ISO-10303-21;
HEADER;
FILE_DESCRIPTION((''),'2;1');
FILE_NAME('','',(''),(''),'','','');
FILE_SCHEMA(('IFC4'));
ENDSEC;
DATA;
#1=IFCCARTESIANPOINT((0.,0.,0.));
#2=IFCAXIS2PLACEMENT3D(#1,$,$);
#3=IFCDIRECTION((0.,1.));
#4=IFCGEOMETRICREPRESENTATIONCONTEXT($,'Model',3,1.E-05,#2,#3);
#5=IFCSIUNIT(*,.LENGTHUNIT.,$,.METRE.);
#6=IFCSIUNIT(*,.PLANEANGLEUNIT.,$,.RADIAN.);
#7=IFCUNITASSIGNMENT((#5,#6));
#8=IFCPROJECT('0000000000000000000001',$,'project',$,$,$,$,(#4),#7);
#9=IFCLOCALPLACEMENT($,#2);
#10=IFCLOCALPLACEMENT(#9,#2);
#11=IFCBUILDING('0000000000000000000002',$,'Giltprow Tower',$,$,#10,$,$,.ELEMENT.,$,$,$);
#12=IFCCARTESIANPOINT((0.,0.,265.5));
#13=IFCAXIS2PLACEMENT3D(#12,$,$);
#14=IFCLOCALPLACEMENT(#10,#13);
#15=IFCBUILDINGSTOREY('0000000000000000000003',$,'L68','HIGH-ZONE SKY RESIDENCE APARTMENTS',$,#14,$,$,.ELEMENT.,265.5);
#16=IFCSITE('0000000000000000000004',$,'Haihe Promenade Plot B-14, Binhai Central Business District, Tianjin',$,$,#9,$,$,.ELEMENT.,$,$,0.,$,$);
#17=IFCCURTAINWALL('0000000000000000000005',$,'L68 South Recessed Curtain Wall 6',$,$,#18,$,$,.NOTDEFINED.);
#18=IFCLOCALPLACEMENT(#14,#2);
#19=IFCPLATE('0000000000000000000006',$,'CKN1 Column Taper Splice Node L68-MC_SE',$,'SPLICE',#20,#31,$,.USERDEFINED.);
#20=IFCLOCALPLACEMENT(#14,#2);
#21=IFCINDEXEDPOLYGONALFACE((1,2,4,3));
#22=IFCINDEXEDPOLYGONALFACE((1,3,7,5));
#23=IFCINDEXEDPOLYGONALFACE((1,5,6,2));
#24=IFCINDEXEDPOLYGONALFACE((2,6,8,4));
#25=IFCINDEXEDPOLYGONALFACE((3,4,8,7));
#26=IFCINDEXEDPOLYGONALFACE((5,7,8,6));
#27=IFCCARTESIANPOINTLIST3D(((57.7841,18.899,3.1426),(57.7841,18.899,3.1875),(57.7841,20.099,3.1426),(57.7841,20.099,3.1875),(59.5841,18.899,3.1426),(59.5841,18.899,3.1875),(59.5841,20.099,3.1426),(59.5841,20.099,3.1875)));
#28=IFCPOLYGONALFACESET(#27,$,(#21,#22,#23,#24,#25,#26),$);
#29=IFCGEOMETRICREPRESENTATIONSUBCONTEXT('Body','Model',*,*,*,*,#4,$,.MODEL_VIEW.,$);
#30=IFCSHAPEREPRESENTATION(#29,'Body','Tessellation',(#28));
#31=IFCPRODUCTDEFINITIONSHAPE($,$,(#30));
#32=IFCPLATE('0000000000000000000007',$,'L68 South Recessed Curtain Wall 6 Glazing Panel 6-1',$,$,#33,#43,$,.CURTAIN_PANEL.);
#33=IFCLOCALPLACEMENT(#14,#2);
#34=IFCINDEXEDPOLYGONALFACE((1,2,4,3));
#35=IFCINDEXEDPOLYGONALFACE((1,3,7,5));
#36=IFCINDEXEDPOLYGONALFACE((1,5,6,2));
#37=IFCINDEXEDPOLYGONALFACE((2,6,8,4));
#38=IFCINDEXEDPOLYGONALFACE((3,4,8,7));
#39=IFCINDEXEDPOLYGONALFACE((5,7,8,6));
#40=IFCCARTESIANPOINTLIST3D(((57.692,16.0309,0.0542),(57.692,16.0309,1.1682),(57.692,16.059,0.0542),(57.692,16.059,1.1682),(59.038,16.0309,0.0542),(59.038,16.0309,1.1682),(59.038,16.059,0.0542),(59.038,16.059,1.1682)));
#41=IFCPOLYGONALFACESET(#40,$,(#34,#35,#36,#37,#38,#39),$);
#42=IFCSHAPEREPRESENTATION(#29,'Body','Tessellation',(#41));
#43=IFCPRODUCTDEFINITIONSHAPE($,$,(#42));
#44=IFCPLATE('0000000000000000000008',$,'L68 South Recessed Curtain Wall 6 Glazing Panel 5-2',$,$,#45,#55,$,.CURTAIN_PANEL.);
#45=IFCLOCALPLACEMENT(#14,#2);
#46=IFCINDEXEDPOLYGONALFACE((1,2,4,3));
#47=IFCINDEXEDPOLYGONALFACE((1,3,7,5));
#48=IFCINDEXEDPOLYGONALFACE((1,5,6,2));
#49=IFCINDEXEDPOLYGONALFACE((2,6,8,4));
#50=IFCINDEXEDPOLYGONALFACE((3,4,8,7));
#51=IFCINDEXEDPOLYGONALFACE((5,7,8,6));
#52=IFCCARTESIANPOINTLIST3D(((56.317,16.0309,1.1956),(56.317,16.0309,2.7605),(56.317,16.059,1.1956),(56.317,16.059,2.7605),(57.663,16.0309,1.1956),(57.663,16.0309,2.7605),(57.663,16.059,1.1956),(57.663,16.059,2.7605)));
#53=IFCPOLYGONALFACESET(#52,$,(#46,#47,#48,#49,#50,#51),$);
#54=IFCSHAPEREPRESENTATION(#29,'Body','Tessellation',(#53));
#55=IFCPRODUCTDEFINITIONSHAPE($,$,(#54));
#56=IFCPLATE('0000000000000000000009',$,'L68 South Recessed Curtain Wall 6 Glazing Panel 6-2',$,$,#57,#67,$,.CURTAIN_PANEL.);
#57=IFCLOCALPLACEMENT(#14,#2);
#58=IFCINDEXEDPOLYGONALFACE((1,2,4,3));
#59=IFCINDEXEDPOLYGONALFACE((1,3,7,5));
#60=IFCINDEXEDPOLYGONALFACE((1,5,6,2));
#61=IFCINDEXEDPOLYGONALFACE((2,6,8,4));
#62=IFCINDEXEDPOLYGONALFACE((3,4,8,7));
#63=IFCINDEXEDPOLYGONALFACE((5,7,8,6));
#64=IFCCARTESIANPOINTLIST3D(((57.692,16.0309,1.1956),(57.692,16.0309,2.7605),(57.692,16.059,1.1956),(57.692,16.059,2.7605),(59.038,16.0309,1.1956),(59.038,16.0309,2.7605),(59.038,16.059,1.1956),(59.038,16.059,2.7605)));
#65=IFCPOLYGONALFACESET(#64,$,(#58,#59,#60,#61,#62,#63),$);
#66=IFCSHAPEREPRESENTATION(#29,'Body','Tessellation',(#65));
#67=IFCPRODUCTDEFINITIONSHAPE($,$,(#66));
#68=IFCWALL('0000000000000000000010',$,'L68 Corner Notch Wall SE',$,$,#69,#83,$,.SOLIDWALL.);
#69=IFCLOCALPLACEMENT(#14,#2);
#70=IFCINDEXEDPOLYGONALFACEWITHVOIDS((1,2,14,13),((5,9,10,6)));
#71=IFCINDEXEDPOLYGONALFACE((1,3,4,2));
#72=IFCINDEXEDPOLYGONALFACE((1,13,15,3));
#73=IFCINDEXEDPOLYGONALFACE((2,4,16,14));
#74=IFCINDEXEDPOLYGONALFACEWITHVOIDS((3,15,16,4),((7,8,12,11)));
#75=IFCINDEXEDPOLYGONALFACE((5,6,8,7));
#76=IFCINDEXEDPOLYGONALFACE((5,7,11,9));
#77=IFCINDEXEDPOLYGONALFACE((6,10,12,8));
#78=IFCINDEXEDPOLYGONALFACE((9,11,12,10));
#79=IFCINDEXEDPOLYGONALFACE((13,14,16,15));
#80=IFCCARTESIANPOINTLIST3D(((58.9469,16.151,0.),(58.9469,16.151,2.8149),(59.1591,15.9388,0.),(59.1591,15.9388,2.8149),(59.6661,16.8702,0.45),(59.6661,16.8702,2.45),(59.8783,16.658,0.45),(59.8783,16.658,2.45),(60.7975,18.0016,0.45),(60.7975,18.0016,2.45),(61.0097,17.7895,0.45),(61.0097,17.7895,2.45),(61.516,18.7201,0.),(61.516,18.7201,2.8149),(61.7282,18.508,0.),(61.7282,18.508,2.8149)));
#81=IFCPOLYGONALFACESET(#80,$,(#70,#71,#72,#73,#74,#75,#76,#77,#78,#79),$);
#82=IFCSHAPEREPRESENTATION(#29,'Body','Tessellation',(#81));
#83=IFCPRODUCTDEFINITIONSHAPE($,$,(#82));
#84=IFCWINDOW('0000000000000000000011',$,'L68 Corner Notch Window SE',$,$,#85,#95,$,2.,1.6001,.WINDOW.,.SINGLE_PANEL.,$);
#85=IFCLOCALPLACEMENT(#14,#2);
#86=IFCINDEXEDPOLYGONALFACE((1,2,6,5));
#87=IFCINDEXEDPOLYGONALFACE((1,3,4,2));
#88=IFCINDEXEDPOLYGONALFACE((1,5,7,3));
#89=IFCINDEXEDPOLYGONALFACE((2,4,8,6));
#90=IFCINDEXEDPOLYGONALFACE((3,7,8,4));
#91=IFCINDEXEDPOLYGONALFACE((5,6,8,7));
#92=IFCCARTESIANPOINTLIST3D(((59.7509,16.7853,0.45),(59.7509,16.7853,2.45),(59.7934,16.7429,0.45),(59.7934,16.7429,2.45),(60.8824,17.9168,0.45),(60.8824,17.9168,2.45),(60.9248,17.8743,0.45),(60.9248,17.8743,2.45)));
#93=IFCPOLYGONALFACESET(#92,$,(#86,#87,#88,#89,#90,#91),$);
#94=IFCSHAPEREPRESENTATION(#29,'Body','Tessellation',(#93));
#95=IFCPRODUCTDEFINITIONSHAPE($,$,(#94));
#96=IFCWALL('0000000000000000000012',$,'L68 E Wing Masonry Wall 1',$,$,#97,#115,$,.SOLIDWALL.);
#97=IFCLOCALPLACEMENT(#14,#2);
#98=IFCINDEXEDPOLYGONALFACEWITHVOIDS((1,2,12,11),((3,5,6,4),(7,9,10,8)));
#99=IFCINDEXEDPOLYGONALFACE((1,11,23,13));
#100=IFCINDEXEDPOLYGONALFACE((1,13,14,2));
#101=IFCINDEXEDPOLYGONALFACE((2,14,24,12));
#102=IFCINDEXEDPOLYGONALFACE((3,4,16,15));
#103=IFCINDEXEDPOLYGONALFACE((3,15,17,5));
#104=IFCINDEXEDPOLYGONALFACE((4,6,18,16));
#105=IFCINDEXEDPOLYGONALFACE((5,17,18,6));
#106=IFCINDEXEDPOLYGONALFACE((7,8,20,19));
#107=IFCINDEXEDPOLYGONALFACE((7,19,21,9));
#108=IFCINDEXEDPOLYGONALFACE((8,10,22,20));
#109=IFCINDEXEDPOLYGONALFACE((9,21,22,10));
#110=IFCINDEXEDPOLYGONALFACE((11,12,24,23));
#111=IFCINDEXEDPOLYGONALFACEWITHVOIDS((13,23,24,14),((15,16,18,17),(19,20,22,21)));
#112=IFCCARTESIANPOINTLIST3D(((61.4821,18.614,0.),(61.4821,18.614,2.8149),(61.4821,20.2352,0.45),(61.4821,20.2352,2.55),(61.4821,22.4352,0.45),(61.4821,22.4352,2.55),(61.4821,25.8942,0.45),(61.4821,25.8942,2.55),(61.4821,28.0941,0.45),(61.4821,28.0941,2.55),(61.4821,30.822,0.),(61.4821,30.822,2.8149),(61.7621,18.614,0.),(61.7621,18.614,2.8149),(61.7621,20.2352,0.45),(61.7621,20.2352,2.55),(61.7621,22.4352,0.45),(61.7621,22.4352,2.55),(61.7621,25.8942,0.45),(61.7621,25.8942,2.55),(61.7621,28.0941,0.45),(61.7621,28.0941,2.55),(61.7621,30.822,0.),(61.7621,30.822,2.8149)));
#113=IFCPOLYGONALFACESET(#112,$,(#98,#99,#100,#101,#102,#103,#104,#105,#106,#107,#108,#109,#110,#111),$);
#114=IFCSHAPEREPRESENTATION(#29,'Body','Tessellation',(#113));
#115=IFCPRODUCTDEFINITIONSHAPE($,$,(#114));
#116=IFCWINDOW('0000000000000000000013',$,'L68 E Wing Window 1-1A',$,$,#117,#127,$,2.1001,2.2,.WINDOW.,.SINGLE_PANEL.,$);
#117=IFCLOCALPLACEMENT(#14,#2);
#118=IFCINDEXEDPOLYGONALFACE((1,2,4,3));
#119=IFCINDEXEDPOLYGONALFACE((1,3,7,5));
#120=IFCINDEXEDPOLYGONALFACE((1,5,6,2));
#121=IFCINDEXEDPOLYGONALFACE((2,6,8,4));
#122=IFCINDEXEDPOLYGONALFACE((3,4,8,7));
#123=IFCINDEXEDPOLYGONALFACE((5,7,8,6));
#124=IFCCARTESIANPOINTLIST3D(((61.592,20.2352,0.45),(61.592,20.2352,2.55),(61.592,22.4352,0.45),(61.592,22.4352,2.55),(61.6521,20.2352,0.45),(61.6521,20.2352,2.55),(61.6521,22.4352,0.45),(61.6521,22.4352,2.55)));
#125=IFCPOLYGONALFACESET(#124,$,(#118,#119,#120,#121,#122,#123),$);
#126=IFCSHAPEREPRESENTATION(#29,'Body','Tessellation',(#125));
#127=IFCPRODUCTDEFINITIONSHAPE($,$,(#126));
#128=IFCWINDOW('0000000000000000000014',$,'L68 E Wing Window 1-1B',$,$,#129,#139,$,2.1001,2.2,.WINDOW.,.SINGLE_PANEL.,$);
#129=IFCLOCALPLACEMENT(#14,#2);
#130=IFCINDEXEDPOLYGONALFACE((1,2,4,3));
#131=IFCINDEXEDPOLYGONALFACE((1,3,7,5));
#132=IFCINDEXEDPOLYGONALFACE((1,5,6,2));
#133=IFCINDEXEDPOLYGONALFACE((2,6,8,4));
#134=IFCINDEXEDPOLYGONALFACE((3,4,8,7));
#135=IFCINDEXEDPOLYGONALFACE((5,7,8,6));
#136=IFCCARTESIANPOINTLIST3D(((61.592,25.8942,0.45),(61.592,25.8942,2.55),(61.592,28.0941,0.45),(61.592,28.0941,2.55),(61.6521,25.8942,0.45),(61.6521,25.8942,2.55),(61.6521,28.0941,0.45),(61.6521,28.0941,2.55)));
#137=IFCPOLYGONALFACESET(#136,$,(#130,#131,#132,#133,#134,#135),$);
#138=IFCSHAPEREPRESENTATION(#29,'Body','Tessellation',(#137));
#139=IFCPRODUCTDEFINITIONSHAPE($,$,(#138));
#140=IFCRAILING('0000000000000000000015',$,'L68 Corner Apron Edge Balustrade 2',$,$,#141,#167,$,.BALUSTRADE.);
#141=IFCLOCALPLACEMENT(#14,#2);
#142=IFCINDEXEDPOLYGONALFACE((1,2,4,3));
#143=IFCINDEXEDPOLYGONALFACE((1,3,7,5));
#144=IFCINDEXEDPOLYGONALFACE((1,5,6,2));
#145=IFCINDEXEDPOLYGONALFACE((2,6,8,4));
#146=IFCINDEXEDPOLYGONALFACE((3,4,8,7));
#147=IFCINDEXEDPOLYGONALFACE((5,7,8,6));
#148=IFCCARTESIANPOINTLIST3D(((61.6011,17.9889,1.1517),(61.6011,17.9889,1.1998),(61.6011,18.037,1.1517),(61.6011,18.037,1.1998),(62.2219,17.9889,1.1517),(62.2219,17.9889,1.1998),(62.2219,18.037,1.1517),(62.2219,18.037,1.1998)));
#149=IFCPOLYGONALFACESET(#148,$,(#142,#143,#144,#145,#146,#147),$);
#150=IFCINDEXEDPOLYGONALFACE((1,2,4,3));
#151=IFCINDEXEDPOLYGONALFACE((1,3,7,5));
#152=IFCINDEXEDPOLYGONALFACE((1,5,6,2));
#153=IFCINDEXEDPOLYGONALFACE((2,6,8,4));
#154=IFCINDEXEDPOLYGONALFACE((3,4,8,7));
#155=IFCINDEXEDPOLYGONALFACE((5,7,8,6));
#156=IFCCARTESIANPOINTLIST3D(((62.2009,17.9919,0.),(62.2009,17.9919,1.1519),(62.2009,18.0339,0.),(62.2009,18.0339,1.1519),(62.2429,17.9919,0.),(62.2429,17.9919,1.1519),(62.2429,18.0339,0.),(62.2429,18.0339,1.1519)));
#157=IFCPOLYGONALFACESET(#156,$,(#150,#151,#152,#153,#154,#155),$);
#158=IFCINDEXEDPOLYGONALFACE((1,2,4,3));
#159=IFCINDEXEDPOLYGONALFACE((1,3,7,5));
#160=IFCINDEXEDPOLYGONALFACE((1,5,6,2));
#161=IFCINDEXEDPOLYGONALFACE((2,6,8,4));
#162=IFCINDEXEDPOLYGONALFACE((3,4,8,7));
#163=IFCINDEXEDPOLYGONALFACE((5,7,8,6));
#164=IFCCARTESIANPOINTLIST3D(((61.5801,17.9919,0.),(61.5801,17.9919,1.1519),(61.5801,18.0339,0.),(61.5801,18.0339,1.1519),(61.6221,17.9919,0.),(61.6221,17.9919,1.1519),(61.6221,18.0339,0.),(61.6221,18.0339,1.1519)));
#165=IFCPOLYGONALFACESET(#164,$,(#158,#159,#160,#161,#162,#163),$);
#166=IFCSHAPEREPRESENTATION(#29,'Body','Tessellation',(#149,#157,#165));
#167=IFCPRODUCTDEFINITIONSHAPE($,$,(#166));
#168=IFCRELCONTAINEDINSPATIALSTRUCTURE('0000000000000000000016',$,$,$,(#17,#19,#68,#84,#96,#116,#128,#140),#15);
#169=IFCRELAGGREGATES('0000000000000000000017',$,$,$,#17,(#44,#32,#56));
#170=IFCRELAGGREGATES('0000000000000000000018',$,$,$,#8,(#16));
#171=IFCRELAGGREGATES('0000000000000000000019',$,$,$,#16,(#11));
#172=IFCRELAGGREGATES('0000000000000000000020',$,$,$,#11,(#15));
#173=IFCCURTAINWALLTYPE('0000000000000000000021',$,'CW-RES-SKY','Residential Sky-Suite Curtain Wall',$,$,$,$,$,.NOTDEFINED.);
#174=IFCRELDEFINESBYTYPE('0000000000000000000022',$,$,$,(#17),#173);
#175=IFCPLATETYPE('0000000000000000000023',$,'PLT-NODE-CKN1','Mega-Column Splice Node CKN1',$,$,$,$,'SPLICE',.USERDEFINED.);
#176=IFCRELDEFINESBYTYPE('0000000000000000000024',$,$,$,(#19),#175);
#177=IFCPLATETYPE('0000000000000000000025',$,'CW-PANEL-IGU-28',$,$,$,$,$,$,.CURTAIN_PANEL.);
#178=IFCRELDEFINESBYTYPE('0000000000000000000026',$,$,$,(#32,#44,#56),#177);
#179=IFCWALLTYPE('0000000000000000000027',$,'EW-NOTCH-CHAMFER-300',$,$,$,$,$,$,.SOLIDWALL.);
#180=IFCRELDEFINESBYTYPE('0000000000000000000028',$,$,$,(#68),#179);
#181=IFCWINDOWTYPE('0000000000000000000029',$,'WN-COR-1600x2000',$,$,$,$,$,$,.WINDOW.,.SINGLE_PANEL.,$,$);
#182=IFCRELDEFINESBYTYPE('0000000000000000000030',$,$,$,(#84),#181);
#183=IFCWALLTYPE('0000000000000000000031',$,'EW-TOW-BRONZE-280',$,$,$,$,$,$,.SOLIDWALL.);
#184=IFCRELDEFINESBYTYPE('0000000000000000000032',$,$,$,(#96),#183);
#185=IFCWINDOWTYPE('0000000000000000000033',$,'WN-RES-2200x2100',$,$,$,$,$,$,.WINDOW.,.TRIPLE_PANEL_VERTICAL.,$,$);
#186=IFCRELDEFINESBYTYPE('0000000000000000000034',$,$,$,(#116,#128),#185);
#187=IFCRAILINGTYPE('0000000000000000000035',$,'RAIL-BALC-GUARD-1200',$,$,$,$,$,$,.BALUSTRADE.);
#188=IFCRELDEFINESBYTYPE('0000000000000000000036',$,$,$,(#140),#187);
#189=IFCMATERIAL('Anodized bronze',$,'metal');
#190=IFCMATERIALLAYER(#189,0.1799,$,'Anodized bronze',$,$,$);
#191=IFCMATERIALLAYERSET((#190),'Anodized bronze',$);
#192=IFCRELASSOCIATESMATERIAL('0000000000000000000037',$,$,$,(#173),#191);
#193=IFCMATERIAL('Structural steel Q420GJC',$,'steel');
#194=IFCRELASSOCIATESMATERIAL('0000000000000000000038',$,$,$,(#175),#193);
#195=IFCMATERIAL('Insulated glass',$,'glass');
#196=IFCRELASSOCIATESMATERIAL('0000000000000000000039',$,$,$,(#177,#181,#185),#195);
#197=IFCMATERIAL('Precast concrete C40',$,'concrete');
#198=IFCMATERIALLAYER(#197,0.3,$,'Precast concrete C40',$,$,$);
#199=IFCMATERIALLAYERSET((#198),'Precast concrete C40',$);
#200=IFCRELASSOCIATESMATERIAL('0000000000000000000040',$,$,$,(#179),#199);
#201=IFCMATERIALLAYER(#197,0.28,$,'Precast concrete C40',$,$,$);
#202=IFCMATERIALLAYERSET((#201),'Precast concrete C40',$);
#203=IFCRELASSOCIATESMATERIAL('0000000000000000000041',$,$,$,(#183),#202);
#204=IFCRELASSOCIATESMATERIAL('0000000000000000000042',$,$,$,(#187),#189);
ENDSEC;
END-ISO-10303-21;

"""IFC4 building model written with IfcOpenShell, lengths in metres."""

from ifc_helpers import new_model, si_unit, direction, frame, frame_2d, origin, origin_2d, place, context, subcontext, project, spatial, rectangle, extrude, source, transform, mapped, material, layer, layer_set, type_object, element, fill, aggregate, save


model = new_model("IFC4")

# Units and contexts
model_context = context("Model", 3, precision=1e-05, world=origin(), true_north=direction((0.0, 1.0)))
body_context = subcontext(model_context, "Body", "Model", "MODEL_VIEW")
ifc_project = project(units=[si_unit("LENGTHUNIT", "METRE"), si_unit("PLANEANGLEUNIT", "RADIAN")], contexts=[model_context])

# Site, building, storey
site_placement = place(None, origin())
site = spatial("IfcSite", under=ifc_project, at=site_placement, Name="Haihe Promenade Plot B-14, Binhai Central Business District, Tianjin", CompositionType="ELEMENT", RefElevation=0.0)
building_placement = place(site_placement, origin())
building = spatial("IfcBuilding", under=site, at=building_placement, Name="Giltprow Tower", CompositionType="ELEMENT")
storey_placement = place(building_placement, frame((0.0, 0.0, 265.5)))
storey = spatial("IfcBuildingStorey", under=building, at=storey_placement, Name="L68", Description="HIGH-ZONE SKY RESIDENCE APARTMENTS", CompositionType="ELEMENT", Elevation=265.5)

# Shared definitions
ifc_material_1 = material(Name="Structural steel Q420GJC", Category="steel")

# Curtain wall
ifc_material_2 = material(Name="Anodized bronze", Category="metal")
ifc_layer_1 = layer(ifc_material_2, 0.1799, Name="Anodized bronze")
ifc_layer_set_1 = layer_set([ifc_layer_1], Name="Anodized bronze")
curtain_wall_type = type_object("IfcCurtainWallType", Name="CW-RES-SKY", Description="Residential Sky-Suite Curtain Wall", PredefinedType="NOTDEFINED", material=ifc_layer_set_1)
curtain_wall_placement = place(storey_placement, origin())
curtain_wall = element("IfcCurtainWall", 1, at=curtain_wall_placement, inside=storey, type_object=curtain_wall_type, Name="L68 South Recessed Curtain Wall 6", PredefinedType="NOTDEFINED")

# Plates
plate_type_1 = type_object("IfcPlateType", Name="PLT-NODE-CKN1", Description="Mega-Column Splice Node CKN1", ElementType="SPLICE", PredefinedType="USERDEFINED", material=ifc_material_1)
shared_shape_1 = source(origin(), body_context, "Body", "SweptSolid", [
    extrude(rectangle(XDim=1.8, YDim=1.2, at=origin_2d()), origin(), (0.0, 0.0, 1.0), 0.0449),
])
plate_1_placement = place(storey_placement, frame((58.6841, 19.499, 3.1426), z_axis=(0.0, 0.0, 1.0), x_axis=(1.0, 0.0, 0.0)))
element("IfcPlate", 2, at=plate_1_placement, inside=storey, type_object=plate_type_1, Name="CKN1 Column Taper Splice Node L68-MC_SE", ObjectType="SPLICE", PredefinedType="USERDEFINED", context=body_context, shape_type="MappedRepresentation", body=[
    mapped(shared_shape_1, transform((0.0, 0.0, 0.0), x_axis=(1.0, 0.0, 0.0), y_axis=(0.0, 1.0, 0.0), z_axis=(0.0, 0.0, 1.0), scale=1.0)),
])
ifc_material_3 = material(Name="Insulated glass", Category="glass")
plate_type_2 = type_object("IfcPlateType", Name="CW-PANEL-IGU-28", PredefinedType="CURTAIN_PANEL", material=ifc_material_3)
shared_shape_2 = source(origin(), body_context, "Body", "SweptSolid", [
    extrude(rectangle(XDim=1.3459, YDim=0.0281, at=origin_2d()), origin(), (0.0, 0.0, 1.0), 1.114),
])
plate_2_placement = place(storey_placement, frame((58.365, 16.0449, 0.0542), z_axis=(0.0, 0.0, 1.0), x_axis=(1.0, 0.0, 0.0)))
plate_2 = element("IfcPlate", 3, at=plate_2_placement, type_object=plate_type_2, Name="L68 South Recessed Curtain Wall 6 Glazing Panel 6-1", PredefinedType="CURTAIN_PANEL", context=body_context, shape_type="MappedRepresentation", body=[
    mapped(shared_shape_2, transform((0.0, 0.0, 0.0), x_axis=(1.0, 0.0, 0.0), y_axis=(0.0, 1.0, 0.0), z_axis=(0.0, 0.0, 1.0), scale=1.0)),
])
shared_shape_3 = source(origin(), body_context, "Body", "SweptSolid", [
    extrude(rectangle(XDim=1.3459, YDim=0.0281, at=origin_2d()), origin(), (0.0, 0.0, 1.0), 1.5649),
])
plate_3_placement = place(storey_placement, frame((56.99, 16.0449, 1.1956), z_axis=(0.0, 0.0, 1.0), x_axis=(1.0, 0.0, 0.0)))
plate_3 = element("IfcPlate", 4, at=plate_3_placement, type_object=plate_type_2, Name="L68 South Recessed Curtain Wall 6 Glazing Panel 5-2", PredefinedType="CURTAIN_PANEL", context=body_context, shape_type="MappedRepresentation", body=[
    mapped(shared_shape_3, transform((0.0, 0.0, 0.0), x_axis=(1.0, 0.0, 0.0), y_axis=(0.0, 1.0, 0.0), z_axis=(0.0, 0.0, 1.0), scale=1.0)),
])
plate_4_placement = place(storey_placement, frame((58.365, 16.0449, 1.1956), z_axis=(0.0, 0.0, 1.0), x_axis=(1.0, 0.0, 0.0)))
plate_4 = element("IfcPlate", 5, at=plate_4_placement, type_object=plate_type_2, Name="L68 South Recessed Curtain Wall 6 Glazing Panel 6-2", PredefinedType="CURTAIN_PANEL", context=body_context, shape_type="MappedRepresentation", body=[
    mapped(shared_shape_3, transform((0.0, 0.0, 0.0), x_axis=(1.0, 0.0, 0.0), y_axis=(0.0, 1.0, 0.0), z_axis=(0.0, 0.0, 1.0), scale=1.0)),
])
aggregate(curtain_wall, [plate_3, plate_2, plate_4])

# Wall, opening, window
ifc_material_4 = material(Name="Precast concrete C40", Category="concrete")
ifc_layer_2 = layer(ifc_material_4, 0.3, Name="Precast concrete C40")
ifc_layer_set_2 = layer_set([ifc_layer_2], Name="Precast concrete C40")
wall_type_1 = type_object("IfcWallType", Name="EW-NOTCH-CHAMFER-300", PredefinedType="SOLIDWALL", material=ifc_layer_set_2)
wall_1_placement = place(storey_placement, frame((59.053, 16.0449, 0.0), z_axis=(0.0, 0.0, 1.0), x_axis=(0.707107, 0.707107, 0.0)))
wall_1 = element("IfcWall", 6, at=wall_1_placement, inside=storey, type_object=wall_type_1, Name="L68 Corner Notch Wall SE", PredefinedType="SOLIDWALL", context=body_context, shape_type="SweptSolid", body=[
    extrude(rectangle(XDim=3.6333, YDim=0.3, at=frame_2d((1.8167, 0.0))), origin(), (0.0, 0.0, 1.0), 2.8149),
])
opening_1_placement = place(wall_1_placement, frame((1.0171, 0.0, 0.45)))
opening_1 = element("IfcOpeningElement", 7, at=opening_1_placement, cuts=wall_1, PredefinedType="OPENING", context=body_context, shape_type="SweptSolid", body=[
    extrude(rectangle(XDim=1.6001, YDim=2.0, at=frame_2d((0.8, 1.0))), frame((0.0, 0.1599, 0.0), z_axis=(0.0, -1.0, 0.0), x_axis=(1.0, 0.0, 0.0)), (0.0, 0.0, 1.0), 0.3201),
])
window_type_1 = type_object("IfcWindowType", Name="WN-COR-1600x2000", PartitioningType="SINGLE_PANEL", PredefinedType="WINDOW", material=ifc_material_3)
shared_shape_4 = source(origin(), body_context, "Body", "SweptSolid", [
    extrude(rectangle(XDim=1.6001, YDim=2.0, at=frame_2d((0.8, 1.0))), frame((0.0, 0.03, 0.0), z_axis=(0.0, -1.0, 0.0), x_axis=(1.0, 0.0, 0.0)), (0.0, 0.0, 1.0), 0.0601),
])
window_1_placement = place(opening_1_placement, origin())
window_1 = element("IfcWindow", 8, at=window_1_placement, inside=storey, type_object=window_type_1, Name="L68 Corner Notch Window SE", OverallHeight=2.0, OverallWidth=1.6001, PartitioningType="SINGLE_PANEL", PredefinedType="WINDOW", context=body_context, shape_type="MappedRepresentation", body=[
    mapped(shared_shape_4, transform((0.0, 0.0, 0.0), x_axis=(1.0, 0.0, 0.0), y_axis=(0.0, 1.0, 0.0), z_axis=(0.0, 0.0, 1.0), scale=1.0)),
])
fill(opening_1, window_1)

# Wall, openings, windows
ifc_layer_3 = layer(ifc_material_4, 0.28, Name="Precast concrete C40")
ifc_layer_set_3 = layer_set([ifc_layer_3], Name="Precast concrete C40")
wall_type_2 = type_object("IfcWallType", Name="EW-TOW-BRONZE-280", PredefinedType="SOLIDWALL", material=ifc_layer_set_3)
wall_2_placement = place(storey_placement, frame((61.6221, 18.614, 0.0), z_axis=(0.0, 0.0, 1.0), x_axis=(0.0, 1.0, 0.0)))
wall_2 = element("IfcWall", 9, at=wall_2_placement, inside=storey, type_object=wall_type_2, Name="L68 E Wing Masonry Wall 1", PredefinedType="SOLIDWALL", context=body_context, shape_type="SweptSolid", body=[
    extrude(rectangle(XDim=12.208, YDim=0.28, at=frame_2d((6.104, 0.0))), origin(), (0.0, 0.0, 1.0), 2.8149),
])
opening_2_placement = place(wall_2_placement, frame((1.6211, 0.0, 0.45)))
opening_2 = element("IfcOpeningElement", 10, at=opening_2_placement, cuts=wall_2, PredefinedType="OPENING", context=body_context, shape_type="SweptSolid", body=[
    extrude(rectangle(XDim=2.2, YDim=2.1001, at=frame_2d((1.1001, 1.05))), frame((0.0, 0.1499, 0.0), z_axis=(0.0, -1.0, 0.0), x_axis=(1.0, 0.0, 0.0)), (0.0, 0.0, 1.0), 0.3),
])
opening_3_placement = place(wall_2_placement, frame((7.28, 0.0, 0.45)))
opening_3 = element("IfcOpeningElement", 11, at=opening_3_placement, cuts=wall_2, PredefinedType="OPENING", context=body_context, shape_type="SweptSolid", body=[
    extrude(rectangle(XDim=2.2, YDim=2.1001, at=frame_2d((1.1001, 1.05))), frame((0.0, 0.1499, 0.0), z_axis=(0.0, -1.0, 0.0), x_axis=(1.0, 0.0, 0.0)), (0.0, 0.0, 1.0), 0.3),
])
window_type_2 = type_object("IfcWindowType", Name="WN-RES-2200x2100", PartitioningType="TRIPLE_PANEL_VERTICAL", PredefinedType="WINDOW", material=ifc_material_3)
shared_shape_5 = source(origin(), body_context, "Body", "SweptSolid", [
    extrude(rectangle(XDim=2.2, YDim=2.1001, at=frame_2d((1.1001, 1.05))), frame((0.0, 0.03, 0.0), z_axis=(0.0, -1.0, 0.0), x_axis=(1.0, 0.0, 0.0)), (0.0, 0.0, 1.0), 0.0601),
])
window_2_placement = place(opening_2_placement, origin())
window_2 = element("IfcWindow", 12, at=window_2_placement, inside=storey, type_object=window_type_2, Name="L68 E Wing Window 1-1A", OverallHeight=2.1001, OverallWidth=2.2, PartitioningType="SINGLE_PANEL", PredefinedType="WINDOW", context=body_context, shape_type="MappedRepresentation", body=[
    mapped(shared_shape_5, transform((0.0, 0.0, 0.0), x_axis=(1.0, 0.0, 0.0), y_axis=(0.0, 1.0, 0.0), z_axis=(0.0, 0.0, 1.0), scale=1.0)),
])
fill(opening_2, window_2)
window_3_placement = place(opening_3_placement, origin())
window_3 = element("IfcWindow", 13, at=window_3_placement, inside=storey, type_object=window_type_2, Name="L68 E Wing Window 1-1B", OverallHeight=2.1001, OverallWidth=2.2, PartitioningType="SINGLE_PANEL", PredefinedType="WINDOW", context=body_context, shape_type="MappedRepresentation", body=[
    mapped(shared_shape_5, transform((0.0, 0.0, 0.0), x_axis=(1.0, 0.0, 0.0), y_axis=(0.0, 1.0, 0.0), z_axis=(0.0, 0.0, 1.0), scale=1.0)),
])
fill(opening_3, window_3)

# Railing
railing_type = type_object("IfcRailingType", Name="RAIL-BALC-GUARD-1200", PredefinedType="BALUSTRADE", material=ifc_material_2)
railing_1_placement = place(storey_placement, frame((62.2219, 18.0129, 0.0)))
element("IfcRailing", 14, at=railing_1_placement, inside=storey, type_object=railing_type, Name="L68 Corner Apron Edge Balustrade 2", PredefinedType="BALUSTRADE", context=body_context, shape_type="SweptSolid", body=[
    extrude(rectangle(XDim=0.0481, YDim=0.0481, at=origin_2d()), frame((0.0, 0.0, 1.1758), z_axis=(-1.0, 0.0, 0.0), x_axis=(0.0, -1.0, 0.0)), (0.0, 0.0, 1.0), 0.6208),
    extrude(rectangle(XDim=0.042, YDim=0.042, at=origin_2d()), origin(), (0.0, 0.0, 1.0), 1.1519),
    extrude(rectangle(XDim=0.042, YDim=0.042, at=origin_2d()), frame((-0.6208, 0.0, 0.0)), (0.0, 0.0, 1.0), 1.1519),
])

save(model, "model.ifc")
